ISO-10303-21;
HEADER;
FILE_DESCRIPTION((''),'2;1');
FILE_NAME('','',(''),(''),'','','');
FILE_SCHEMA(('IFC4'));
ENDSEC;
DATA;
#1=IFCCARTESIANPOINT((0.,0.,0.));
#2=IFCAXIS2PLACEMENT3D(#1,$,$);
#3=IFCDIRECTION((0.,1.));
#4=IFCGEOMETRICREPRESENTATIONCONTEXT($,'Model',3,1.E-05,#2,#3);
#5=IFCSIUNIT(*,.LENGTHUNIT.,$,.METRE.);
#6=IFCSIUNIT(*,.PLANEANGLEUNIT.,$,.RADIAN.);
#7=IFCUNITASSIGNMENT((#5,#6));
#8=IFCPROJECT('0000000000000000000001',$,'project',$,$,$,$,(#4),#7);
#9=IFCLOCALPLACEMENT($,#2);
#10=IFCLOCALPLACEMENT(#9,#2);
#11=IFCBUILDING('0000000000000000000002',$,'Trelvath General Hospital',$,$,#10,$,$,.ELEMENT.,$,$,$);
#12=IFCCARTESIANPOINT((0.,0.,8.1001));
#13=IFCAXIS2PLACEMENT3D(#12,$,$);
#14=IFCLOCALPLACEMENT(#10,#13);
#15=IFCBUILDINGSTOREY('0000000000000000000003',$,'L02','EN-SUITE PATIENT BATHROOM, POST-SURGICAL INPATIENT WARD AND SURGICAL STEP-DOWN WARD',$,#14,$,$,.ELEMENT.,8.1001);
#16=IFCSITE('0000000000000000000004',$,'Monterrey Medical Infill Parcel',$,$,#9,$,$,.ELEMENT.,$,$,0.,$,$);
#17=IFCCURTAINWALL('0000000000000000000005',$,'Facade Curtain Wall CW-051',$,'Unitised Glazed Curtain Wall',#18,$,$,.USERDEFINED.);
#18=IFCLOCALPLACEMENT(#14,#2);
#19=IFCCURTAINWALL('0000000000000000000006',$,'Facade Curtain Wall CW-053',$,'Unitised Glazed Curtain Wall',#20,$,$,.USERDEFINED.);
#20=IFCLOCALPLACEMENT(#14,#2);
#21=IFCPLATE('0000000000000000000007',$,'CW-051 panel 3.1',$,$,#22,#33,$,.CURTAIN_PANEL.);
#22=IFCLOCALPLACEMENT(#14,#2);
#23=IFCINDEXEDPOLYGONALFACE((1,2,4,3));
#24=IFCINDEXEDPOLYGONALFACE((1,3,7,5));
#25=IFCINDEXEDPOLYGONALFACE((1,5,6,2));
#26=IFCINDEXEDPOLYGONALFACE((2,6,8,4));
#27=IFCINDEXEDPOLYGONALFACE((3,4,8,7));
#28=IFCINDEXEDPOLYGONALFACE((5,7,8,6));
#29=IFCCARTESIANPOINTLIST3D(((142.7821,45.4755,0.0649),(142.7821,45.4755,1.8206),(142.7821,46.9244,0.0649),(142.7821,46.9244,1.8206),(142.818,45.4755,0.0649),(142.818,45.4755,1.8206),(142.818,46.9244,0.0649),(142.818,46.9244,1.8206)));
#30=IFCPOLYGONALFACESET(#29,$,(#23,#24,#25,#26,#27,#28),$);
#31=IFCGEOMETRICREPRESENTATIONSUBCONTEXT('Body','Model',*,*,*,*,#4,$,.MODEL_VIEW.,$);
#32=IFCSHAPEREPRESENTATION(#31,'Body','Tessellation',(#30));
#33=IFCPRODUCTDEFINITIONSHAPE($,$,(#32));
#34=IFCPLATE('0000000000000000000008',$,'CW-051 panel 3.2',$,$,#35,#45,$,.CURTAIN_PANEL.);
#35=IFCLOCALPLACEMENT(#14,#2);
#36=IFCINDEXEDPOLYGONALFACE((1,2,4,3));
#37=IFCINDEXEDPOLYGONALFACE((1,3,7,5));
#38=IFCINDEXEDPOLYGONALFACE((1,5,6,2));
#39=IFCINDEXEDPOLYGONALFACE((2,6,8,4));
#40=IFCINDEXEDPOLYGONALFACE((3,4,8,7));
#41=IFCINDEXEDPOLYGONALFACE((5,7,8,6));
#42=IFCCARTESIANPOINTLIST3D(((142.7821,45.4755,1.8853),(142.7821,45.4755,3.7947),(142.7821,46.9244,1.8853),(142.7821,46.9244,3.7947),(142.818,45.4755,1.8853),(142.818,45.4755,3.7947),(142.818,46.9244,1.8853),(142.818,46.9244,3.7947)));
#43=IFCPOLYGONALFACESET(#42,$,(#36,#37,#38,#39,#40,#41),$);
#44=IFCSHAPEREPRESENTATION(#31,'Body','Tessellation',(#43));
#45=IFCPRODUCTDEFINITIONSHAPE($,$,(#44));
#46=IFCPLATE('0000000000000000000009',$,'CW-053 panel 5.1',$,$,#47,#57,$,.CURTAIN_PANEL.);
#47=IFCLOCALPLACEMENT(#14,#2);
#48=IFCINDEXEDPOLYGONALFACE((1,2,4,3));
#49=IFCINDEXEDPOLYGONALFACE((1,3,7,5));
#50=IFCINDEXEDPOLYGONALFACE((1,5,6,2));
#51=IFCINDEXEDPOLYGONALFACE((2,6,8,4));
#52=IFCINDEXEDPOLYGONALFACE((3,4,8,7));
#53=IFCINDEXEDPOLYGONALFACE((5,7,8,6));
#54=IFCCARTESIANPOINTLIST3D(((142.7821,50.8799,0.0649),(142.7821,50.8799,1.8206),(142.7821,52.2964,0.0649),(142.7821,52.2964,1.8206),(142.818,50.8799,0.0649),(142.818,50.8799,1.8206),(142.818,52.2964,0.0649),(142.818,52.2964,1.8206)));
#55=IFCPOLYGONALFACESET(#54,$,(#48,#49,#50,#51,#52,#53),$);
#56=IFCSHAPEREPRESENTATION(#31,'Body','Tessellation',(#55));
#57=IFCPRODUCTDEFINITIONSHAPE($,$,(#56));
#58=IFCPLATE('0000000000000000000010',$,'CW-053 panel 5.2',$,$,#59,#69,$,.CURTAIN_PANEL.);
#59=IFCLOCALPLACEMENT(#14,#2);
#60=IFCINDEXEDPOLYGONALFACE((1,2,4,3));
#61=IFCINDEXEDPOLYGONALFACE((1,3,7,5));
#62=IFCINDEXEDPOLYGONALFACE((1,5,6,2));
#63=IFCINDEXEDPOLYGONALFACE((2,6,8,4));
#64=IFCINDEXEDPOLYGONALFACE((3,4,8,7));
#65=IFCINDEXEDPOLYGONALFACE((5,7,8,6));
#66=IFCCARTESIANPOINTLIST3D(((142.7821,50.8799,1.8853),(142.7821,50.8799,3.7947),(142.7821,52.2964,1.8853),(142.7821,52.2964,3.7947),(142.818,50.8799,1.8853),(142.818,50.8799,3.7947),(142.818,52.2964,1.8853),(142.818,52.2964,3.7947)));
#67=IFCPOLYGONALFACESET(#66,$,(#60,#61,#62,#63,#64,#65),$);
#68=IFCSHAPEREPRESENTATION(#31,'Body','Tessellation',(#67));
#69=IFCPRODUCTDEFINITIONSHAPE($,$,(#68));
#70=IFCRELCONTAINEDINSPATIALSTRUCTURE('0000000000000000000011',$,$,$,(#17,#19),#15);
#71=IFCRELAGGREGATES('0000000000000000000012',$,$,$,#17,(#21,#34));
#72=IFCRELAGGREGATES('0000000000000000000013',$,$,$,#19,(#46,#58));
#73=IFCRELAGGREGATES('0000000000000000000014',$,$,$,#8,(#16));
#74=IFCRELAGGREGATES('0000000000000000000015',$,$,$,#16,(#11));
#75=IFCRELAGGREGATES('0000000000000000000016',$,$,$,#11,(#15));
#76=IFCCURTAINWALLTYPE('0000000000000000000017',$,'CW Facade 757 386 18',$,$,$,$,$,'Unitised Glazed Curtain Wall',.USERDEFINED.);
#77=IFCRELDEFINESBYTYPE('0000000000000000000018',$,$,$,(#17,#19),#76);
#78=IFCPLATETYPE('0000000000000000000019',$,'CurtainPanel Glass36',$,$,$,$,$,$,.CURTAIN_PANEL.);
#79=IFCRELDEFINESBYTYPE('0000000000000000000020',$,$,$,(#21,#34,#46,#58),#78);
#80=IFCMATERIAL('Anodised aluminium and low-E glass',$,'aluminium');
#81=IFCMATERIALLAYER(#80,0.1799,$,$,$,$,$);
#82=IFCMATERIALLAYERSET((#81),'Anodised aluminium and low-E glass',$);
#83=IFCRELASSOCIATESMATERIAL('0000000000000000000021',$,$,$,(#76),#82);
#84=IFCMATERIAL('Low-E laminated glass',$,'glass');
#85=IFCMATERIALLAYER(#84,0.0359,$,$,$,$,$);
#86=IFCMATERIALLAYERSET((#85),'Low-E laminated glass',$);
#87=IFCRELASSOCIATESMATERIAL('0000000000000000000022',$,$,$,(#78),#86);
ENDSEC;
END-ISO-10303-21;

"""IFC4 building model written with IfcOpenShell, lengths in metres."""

from ifc_helpers import new_model, si_unit, direction, frame, origin, origin_2d, place, context, subcontext, project, spatial, rectangle, extrude, material, layer, layer_set, type_object, element, aggregate, save


model = new_model("IFC4")

# Units and contexts
model_context = context("Model", 3, precision=1e-05, world=origin(), true_north=direction((0.0, 1.0)))
body_context = subcontext(model_context, "Body", "Model", "MODEL_VIEW")
ifc_project = project(units=[si_unit("LENGTHUNIT", "METRE"), si_unit("PLANEANGLEUNIT", "RADIAN")], contexts=[model_context])

# Site, building, storey
site_placement = place(None, origin())
site = spatial("IfcSite", under=ifc_project, at=site_placement, Name="Monterrey Medical Infill Parcel", CompositionType="ELEMENT", RefElevation=0.0)
building_placement = place(site_placement, origin())
building = spatial("IfcBuilding", under=site, at=building_placement, Name="Trelvath General Hospital", CompositionType="ELEMENT")
storey_placement = place(building_placement, frame((0.0, 0.0, 8.1001)))
storey = spatial("IfcBuildingStorey", under=building, at=storey_placement, Name="L02", Description="EN-SUITE PATIENT BATHROOM, POST-SURGICAL INPATIENT WARD AND SURGICAL STEP-DOWN WARD", CompositionType="ELEMENT", Elevation=8.1001)

# Curtain wall
ifc_material_1 = material(Name="Anodised aluminium and low-E glass", Category="aluminium")
ifc_layer_1 = layer(ifc_material_1, 0.1799)
ifc_layer_set_1 = layer_set([ifc_layer_1], Name="Anodised aluminium and low-E glass")
curtain_wall_type = type_object("IfcCurtainWallType", Name="CW Facade 757 386 18", ElementType="Unitised Glazed Curtain Wall", PredefinedType="USERDEFINED", material=ifc_layer_set_1)
curtain_wall_1_placement = place(storey_placement, origin())
curtain_wall_1 = element("IfcCurtainWall", 1, at=curtain_wall_1_placement, inside=storey, type_object=curtain_wall_type, Name="Facade Curtain Wall CW-051", ObjectType="Unitised Glazed Curtain Wall", PredefinedType="USERDEFINED")

# Curtain wall
curtain_wall_2_placement = place(storey_placement, origin())
curtain_wall_2 = element("IfcCurtainWall", 2, at=curtain_wall_2_placement, inside=storey, type_object=curtain_wall_type, Name="Facade Curtain Wall CW-053", ObjectType="Unitised Glazed Curtain Wall", PredefinedType="USERDEFINED")

# Plates
ifc_material_2 = material(Name="Low-E laminated glass", Category="glass")
ifc_layer_2 = layer(ifc_material_2, 0.0359)
ifc_layer_set_2 = layer_set([ifc_layer_2], Name="Low-E laminated glass")
plate_type = type_object("IfcPlateType", Name="CurtainPanel Glass36", PredefinedType="CURTAIN_PANEL", material=ifc_layer_set_2)
plate_1_placement = place(storey_placement, frame((142.8, 46.2, 0.0649), z_axis=(0.0, 0.0, 1.0), x_axis=(0.0, -1.0, 0.0)))
plate_1 = element("IfcPlate", 3, at=plate_1_placement, type_object=plate_type, Name="CW-051 panel 3.1", PredefinedType="CURTAIN_PANEL", context=body_context, shape_type="SweptSolid", body=[
    extrude(rectangle(XDim=1.449, YDim=0.0359, at=origin_2d()), origin(), (0.0, 0.0, 1.0), 1.7556),
])
plate_2_placement = place(storey_placement, frame((142.8, 46.2, 1.8853), z_axis=(0.0, 0.0, 1.0), x_axis=(0.0, -1.0, 0.0)))
plate_2 = element("IfcPlate", 4, at=plate_2_placement, type_object=plate_type, Name="CW-051 panel 3.2", PredefinedType="CURTAIN_PANEL", context=body_context, shape_type="SweptSolid", body=[
    extrude(rectangle(XDim=1.449, YDim=0.0359, at=origin_2d()), origin(), (0.0, 0.0, 1.0), 1.9094),
])
aggregate(curtain_wall_1, [plate_1, plate_2])
plate_3_placement = place(storey_placement, frame((142.8, 51.5881, 0.0649), z_axis=(0.0, 0.0, 1.0), x_axis=(0.0, -1.0, 0.0)))
plate_3 = element("IfcPlate", 5, at=plate_3_placement, type_object=plate_type, Name="CW-053 panel 5.1", PredefinedType="CURTAIN_PANEL", context=body_context, shape_type="SweptSolid", body=[
    extrude(rectangle(XDim=1.4165, YDim=0.0359, at=origin_2d()), origin(), (0.0, 0.0, 1.0), 1.7556),
])
plate_4_placement = place(storey_placement, frame((142.8, 51.5881, 1.8853), z_axis=(0.0, 0.0, 1.0), x_axis=(0.0, -1.0, 0.0)))
plate_4 = element("IfcPlate", 6, at=plate_4_placement, type_object=plate_type, Name="CW-053 panel 5.2", PredefinedType="CURTAIN_PANEL", context=body_context, shape_type="SweptSolid", body=[
    extrude(rectangle(XDim=1.4165, YDim=0.0359, at=origin_2d()), origin(), (0.0, 0.0, 1.0), 1.9094),
])
aggregate(curtain_wall_2, [plate_3, plate_4])

save(model, "model.ifc")
